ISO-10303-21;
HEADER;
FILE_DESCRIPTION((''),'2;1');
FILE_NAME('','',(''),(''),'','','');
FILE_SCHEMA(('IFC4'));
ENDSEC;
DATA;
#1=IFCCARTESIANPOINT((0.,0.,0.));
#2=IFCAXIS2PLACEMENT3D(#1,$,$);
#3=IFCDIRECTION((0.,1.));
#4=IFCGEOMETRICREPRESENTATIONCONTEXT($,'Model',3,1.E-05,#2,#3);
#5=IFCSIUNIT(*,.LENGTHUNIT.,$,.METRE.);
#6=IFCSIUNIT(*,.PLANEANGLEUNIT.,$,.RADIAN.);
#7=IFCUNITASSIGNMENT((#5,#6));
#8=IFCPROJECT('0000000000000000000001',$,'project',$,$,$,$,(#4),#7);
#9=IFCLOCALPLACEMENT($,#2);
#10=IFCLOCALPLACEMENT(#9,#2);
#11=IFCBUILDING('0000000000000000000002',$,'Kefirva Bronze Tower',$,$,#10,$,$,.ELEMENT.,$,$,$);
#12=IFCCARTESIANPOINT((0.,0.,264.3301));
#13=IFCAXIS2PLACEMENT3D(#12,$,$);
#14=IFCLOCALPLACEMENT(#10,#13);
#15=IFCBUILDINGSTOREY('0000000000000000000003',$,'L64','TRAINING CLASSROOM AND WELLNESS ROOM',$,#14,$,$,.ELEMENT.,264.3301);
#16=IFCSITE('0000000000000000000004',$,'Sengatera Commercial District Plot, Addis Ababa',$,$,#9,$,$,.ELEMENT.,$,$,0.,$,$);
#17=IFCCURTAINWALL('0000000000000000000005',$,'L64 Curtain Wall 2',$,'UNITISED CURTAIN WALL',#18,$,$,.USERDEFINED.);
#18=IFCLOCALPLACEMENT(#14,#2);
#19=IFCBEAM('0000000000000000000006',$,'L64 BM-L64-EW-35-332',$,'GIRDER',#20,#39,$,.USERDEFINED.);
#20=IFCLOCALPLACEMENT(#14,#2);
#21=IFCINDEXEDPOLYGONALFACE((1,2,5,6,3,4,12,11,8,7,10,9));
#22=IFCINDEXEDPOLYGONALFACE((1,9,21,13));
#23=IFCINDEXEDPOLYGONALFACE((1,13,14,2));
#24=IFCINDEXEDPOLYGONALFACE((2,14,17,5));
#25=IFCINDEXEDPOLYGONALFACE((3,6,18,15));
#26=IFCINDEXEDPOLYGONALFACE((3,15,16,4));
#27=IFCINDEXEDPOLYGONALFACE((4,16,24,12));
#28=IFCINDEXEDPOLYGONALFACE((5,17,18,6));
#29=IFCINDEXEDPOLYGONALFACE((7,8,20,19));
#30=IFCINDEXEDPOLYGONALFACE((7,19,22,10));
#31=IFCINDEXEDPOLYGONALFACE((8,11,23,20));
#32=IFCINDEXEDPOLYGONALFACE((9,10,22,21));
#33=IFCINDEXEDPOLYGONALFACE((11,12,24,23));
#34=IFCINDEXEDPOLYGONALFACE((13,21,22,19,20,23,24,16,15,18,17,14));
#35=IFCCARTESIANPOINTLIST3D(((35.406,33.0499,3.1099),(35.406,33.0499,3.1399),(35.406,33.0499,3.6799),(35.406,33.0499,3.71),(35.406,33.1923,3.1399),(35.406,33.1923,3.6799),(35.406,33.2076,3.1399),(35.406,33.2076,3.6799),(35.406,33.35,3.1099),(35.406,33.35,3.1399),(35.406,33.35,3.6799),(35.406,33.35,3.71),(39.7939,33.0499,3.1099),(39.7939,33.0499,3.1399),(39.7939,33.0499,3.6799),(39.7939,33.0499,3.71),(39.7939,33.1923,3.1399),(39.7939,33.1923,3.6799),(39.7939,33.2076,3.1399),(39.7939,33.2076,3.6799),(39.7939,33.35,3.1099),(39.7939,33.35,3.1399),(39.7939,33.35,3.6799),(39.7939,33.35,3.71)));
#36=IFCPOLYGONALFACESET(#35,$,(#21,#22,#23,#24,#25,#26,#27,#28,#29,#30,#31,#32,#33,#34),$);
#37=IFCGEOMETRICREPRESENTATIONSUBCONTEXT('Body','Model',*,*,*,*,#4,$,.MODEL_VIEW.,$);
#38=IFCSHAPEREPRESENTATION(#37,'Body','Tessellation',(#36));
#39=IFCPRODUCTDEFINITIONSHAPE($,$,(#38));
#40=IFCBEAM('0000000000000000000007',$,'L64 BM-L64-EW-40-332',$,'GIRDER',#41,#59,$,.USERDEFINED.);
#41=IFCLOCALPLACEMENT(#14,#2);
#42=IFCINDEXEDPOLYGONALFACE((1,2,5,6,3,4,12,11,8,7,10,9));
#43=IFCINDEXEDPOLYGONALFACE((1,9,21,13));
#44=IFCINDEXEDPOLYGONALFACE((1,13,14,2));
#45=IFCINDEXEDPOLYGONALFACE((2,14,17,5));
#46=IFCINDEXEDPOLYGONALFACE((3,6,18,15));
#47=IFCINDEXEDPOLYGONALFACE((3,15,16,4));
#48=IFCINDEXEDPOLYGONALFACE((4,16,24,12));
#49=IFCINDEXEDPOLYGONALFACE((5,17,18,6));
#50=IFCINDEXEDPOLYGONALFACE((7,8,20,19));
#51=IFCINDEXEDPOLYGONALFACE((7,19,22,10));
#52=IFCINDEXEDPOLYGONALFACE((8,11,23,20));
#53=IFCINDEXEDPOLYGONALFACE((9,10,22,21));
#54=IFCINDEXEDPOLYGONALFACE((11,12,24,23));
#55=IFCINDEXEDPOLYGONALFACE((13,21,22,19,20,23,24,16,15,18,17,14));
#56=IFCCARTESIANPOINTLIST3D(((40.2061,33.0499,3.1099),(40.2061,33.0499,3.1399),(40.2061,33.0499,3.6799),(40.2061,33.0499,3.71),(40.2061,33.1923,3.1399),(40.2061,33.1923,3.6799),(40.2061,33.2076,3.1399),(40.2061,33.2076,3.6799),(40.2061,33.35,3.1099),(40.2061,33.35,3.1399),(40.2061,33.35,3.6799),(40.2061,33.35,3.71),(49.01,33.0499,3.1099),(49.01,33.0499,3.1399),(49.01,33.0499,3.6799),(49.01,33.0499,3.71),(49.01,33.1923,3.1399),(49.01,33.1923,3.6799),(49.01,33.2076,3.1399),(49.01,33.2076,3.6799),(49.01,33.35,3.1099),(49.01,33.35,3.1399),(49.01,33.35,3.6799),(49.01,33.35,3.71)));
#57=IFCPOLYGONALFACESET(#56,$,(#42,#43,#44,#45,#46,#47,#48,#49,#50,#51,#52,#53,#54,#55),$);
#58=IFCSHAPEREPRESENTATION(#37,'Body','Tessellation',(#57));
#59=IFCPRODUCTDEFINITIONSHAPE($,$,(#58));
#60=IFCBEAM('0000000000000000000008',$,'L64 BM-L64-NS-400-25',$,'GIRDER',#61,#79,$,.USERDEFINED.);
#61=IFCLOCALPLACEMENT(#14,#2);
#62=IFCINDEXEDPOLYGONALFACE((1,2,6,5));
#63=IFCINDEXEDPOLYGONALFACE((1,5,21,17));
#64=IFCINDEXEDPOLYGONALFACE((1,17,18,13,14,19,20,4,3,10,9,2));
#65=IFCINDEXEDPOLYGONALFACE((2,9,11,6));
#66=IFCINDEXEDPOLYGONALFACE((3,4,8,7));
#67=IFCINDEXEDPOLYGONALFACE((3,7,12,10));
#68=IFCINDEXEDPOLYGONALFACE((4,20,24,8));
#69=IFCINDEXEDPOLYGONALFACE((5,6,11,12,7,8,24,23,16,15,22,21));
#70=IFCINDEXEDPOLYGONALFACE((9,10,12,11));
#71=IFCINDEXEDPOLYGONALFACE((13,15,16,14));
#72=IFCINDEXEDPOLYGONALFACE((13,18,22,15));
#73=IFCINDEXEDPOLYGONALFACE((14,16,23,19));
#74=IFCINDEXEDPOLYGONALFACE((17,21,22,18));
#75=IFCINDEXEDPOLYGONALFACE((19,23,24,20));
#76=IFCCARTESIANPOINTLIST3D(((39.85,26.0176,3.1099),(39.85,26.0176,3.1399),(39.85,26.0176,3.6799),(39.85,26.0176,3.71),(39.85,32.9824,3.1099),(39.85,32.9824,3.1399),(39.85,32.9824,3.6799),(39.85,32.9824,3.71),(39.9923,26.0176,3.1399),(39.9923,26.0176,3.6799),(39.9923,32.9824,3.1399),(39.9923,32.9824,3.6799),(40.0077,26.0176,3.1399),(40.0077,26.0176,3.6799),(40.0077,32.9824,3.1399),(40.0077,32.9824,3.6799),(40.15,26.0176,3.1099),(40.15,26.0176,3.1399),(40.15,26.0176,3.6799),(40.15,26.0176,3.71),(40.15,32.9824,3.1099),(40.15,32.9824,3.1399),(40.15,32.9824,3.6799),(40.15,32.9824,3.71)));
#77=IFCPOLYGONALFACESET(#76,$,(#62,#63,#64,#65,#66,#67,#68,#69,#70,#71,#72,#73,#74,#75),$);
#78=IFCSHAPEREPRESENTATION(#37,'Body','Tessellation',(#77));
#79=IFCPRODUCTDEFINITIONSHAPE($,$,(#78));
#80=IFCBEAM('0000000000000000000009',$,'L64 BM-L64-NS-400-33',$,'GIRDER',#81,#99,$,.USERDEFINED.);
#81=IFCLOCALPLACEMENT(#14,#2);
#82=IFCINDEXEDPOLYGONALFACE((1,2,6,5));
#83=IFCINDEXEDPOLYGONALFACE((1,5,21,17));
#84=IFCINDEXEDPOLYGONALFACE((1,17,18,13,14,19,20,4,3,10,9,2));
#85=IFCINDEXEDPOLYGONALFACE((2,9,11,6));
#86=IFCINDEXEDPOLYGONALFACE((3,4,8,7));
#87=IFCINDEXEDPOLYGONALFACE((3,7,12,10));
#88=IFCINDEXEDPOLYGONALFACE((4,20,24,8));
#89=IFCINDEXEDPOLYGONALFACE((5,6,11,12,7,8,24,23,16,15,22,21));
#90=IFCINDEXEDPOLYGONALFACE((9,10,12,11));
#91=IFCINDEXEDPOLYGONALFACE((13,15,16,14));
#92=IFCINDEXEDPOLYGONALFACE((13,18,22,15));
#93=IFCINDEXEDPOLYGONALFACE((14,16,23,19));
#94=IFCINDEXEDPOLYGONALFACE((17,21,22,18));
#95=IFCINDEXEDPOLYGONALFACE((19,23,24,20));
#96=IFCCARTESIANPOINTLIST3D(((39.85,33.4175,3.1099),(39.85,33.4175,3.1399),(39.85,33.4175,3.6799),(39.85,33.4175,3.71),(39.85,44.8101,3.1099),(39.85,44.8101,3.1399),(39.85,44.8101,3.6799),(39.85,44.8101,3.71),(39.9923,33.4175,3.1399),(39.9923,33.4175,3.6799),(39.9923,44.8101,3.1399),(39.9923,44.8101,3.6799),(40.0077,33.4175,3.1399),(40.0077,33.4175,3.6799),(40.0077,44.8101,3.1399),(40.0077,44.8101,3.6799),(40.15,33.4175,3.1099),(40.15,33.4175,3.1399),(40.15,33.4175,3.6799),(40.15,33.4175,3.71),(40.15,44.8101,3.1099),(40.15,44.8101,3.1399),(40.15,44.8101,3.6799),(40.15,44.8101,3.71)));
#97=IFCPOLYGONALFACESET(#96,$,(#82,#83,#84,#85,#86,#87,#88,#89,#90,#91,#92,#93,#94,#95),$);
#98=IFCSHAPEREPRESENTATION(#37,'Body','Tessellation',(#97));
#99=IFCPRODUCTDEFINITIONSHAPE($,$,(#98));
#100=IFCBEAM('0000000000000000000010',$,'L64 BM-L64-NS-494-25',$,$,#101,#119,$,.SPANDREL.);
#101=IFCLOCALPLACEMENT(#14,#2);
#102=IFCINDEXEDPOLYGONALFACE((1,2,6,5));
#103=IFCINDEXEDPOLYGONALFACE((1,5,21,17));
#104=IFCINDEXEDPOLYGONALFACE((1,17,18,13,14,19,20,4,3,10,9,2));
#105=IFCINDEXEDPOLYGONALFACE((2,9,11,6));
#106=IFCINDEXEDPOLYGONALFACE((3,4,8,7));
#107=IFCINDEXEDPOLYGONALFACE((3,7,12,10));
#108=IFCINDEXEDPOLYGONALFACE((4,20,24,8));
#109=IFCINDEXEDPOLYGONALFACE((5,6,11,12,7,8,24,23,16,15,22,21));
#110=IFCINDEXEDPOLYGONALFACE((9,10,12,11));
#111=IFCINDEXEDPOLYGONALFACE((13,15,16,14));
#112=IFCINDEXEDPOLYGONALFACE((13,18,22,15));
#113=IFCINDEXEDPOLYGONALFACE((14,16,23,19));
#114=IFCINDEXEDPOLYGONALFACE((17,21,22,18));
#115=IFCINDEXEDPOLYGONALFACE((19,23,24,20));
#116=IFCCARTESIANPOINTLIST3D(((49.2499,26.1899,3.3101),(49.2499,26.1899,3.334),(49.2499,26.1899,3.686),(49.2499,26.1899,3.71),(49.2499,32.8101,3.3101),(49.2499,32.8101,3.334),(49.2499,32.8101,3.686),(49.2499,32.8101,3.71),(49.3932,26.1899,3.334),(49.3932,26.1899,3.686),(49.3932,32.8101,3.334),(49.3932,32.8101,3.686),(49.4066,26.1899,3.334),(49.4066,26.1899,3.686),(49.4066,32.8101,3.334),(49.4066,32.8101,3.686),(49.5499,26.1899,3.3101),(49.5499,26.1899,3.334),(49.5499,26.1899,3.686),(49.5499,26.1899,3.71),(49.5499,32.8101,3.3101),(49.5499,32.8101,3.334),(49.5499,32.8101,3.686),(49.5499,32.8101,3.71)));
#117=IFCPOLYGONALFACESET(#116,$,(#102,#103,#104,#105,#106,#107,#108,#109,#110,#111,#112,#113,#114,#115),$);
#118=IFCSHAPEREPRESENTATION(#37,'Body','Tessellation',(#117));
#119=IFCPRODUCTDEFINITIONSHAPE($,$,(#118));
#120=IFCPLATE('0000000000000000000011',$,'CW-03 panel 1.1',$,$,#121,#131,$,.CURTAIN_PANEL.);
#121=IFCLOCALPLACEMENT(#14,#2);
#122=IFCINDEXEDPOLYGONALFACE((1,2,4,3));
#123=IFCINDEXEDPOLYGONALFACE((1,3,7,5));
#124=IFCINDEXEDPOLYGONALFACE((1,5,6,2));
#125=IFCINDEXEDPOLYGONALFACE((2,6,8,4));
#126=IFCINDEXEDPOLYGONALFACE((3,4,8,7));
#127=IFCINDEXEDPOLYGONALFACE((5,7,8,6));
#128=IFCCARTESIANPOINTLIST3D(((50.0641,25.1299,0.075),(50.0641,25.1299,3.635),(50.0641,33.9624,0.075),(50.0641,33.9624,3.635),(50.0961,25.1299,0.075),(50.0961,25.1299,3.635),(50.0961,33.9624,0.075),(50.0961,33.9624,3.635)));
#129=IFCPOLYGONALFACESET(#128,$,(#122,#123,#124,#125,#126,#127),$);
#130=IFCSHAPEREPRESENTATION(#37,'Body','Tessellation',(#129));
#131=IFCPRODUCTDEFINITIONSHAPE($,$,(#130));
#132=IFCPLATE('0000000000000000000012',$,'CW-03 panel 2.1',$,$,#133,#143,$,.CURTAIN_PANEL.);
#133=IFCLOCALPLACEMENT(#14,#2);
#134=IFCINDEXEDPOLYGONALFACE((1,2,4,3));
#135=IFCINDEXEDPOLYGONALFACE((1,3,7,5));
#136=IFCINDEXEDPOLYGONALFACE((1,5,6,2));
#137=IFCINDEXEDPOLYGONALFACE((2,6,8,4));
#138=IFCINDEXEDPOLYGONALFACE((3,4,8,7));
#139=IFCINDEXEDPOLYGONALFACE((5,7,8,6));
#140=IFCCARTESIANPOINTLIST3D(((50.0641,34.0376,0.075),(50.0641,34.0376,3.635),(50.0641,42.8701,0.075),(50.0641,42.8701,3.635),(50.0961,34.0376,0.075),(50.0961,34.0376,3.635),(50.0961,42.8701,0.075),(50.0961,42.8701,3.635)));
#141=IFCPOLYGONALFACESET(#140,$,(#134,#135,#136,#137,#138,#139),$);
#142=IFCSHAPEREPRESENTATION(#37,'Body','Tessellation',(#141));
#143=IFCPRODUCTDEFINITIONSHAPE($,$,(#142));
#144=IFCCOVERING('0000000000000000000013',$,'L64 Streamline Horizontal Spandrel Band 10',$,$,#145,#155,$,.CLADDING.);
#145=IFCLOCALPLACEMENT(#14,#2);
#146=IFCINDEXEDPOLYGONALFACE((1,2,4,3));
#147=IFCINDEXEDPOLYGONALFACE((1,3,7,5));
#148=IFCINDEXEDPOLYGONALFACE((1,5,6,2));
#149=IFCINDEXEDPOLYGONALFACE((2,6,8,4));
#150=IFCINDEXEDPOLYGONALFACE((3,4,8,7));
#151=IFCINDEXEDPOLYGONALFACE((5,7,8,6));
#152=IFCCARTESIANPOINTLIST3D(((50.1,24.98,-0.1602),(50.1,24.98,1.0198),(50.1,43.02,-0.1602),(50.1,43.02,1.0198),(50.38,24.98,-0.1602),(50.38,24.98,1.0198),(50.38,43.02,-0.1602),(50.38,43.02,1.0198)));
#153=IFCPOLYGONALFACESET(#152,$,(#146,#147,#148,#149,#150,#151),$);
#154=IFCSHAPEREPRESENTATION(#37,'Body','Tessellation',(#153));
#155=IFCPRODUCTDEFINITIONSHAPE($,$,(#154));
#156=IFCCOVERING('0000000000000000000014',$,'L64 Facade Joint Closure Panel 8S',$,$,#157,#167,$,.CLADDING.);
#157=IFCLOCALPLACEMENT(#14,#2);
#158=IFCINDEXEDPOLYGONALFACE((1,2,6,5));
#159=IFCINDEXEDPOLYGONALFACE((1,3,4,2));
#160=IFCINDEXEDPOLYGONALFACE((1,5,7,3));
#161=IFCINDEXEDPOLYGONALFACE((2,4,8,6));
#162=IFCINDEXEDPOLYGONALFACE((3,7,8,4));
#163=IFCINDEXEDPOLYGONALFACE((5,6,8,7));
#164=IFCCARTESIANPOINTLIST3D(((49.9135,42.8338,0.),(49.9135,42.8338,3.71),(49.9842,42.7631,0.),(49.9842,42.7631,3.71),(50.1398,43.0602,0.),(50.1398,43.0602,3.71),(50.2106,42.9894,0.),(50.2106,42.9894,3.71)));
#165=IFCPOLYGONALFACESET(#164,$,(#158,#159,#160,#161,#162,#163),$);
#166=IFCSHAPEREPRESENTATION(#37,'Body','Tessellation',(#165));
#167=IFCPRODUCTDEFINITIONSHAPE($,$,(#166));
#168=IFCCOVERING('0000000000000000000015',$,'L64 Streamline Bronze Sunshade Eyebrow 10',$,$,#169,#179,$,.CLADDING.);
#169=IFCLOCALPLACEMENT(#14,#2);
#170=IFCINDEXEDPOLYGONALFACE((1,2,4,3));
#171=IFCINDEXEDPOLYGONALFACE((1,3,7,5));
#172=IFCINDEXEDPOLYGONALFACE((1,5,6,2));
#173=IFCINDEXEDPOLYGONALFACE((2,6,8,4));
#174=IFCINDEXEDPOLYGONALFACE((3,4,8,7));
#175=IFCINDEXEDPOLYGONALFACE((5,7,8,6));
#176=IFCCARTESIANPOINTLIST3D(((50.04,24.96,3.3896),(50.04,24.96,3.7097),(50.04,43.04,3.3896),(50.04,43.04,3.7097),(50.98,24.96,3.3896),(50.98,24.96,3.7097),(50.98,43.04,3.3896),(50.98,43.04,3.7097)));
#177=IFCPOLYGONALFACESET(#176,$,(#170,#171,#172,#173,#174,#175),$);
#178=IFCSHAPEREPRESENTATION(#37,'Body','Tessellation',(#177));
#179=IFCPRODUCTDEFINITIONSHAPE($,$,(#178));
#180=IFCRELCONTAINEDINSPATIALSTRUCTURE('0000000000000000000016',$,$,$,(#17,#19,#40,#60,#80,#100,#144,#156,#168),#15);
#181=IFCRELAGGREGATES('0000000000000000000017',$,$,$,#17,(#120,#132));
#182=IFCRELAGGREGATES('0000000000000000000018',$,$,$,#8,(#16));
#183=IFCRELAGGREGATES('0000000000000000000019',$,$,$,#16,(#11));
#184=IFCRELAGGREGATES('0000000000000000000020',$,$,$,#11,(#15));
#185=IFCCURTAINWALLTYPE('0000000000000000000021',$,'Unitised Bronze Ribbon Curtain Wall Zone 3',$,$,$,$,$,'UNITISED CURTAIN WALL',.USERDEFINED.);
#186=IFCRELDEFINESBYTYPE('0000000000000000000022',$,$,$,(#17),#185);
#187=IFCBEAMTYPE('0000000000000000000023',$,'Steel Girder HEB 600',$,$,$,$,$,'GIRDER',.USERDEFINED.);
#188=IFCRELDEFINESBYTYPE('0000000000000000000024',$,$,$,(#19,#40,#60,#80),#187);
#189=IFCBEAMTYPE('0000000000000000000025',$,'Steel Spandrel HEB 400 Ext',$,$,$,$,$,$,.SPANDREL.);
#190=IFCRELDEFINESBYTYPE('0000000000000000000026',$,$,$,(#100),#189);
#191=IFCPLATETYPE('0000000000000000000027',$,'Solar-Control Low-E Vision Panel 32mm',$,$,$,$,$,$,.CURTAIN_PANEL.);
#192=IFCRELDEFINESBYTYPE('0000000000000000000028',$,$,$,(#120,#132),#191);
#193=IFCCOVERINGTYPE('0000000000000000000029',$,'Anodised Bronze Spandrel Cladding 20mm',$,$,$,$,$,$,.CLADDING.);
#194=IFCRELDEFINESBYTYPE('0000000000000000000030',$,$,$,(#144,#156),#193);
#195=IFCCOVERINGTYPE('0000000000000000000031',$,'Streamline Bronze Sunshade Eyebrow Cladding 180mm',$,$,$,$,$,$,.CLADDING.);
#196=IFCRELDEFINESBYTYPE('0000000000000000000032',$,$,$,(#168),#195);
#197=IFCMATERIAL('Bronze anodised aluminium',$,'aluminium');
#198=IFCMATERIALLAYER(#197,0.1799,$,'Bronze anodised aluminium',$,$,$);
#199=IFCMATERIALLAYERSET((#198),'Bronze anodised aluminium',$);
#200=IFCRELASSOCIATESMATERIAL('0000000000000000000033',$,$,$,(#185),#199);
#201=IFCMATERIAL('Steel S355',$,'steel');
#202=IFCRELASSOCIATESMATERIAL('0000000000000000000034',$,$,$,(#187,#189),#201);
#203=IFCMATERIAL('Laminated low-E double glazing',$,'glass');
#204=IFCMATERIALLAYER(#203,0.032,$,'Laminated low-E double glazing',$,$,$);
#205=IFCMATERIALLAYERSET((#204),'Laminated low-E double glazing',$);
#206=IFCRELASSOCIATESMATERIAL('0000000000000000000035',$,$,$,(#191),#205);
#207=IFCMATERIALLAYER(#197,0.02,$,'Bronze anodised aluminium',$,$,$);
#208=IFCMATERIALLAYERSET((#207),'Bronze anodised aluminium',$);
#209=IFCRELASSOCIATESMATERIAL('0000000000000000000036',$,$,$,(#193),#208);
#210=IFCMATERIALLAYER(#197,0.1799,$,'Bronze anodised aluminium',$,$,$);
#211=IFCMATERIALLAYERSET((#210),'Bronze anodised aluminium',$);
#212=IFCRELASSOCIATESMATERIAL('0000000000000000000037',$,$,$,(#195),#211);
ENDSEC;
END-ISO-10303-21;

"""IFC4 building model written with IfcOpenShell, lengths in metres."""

from ifc_helpers import new_model, si_unit, direction, frame, origin, origin_2d, place, context, subcontext, project, spatial, rectangle, i_section, extrude, material, layer, layer_set, material_profile, profile_set, type_object, element, aggregate, save


model = new_model("IFC4")

# Units and contexts
model_context = context("Model", 3, precision=1e-05, world=origin(), true_north=direction((0.0, 1.0)))
body_context = subcontext(model_context, "Body", "Model", "MODEL_VIEW")
ifc_project = project(units=[si_unit("LENGTHUNIT", "METRE"), si_unit("PLANEANGLEUNIT", "RADIAN")], contexts=[model_context])

# Site, building, storey
site_placement = place(None, origin())
site = spatial("IfcSite", under=ifc_project, at=site_placement, Name="Sengatera Commercial District Plot, Addis Ababa", CompositionType="ELEMENT", RefElevation=0.0)
building_placement = place(site_placement, origin())
building = spatial("IfcBuilding", under=site, at=building_placement, Name="Kefirva Bronze Tower", CompositionType="ELEMENT")
storey_placement = place(building_placement, frame((0.0, 0.0, 264.3301)))
storey = spatial("IfcBuildingStorey", under=building, at=storey_placement, Name="L64", Description="TRAINING CLASSROOM AND WELLNESS ROOM", CompositionType="ELEMENT", Elevation=264.3301)

# Curtain wall
ifc_material_1 = material(Name="Bronze anodised aluminium", Category="aluminium")
ifc_layer_1 = layer(ifc_material_1, 0.1799, Name="Bronze anodised aluminium")
ifc_layer_set_1 = layer_set([ifc_layer_1], Name="Bronze anodised aluminium")
curtain_wall_type = type_object("IfcCurtainWallType", Name="Unitised Bronze Ribbon Curtain Wall Zone 3", ElementType="UNITISED CURTAIN WALL", PredefinedType="USERDEFINED", material=ifc_layer_set_1)
curtain_wall_placement = place(storey_placement, origin())
curtain_wall = element("IfcCurtainWall", 1, at=curtain_wall_placement, inside=storey, type_object=curtain_wall_type, Name="L64 Curtain Wall 2", ObjectType="UNITISED CURTAIN WALL", PredefinedType="USERDEFINED")

# Beams
ifc_material_2 = material(Name="Steel S355", Category="steel")
ifc_material_profile_1 = material_profile(ifc_material_2, i_section(OverallWidth=0.3, OverallDepth=0.6001, WebThickness=0.0154, FlangeThickness=0.03, at=origin_2d()), Name="HEB 600")
ifc_profile_set_1 = profile_set([ifc_material_profile_1], Name="Steel S355")
beam_type_1 = type_object("IfcBeamType", Name="Steel Girder HEB 600", ElementType="GIRDER", PredefinedType="USERDEFINED", material=ifc_profile_set_1)
beam_1_placement = place(storey_placement, frame((35.406, 33.2, 3.4099), z_axis=(1.0, 0.0, 0.0), x_axis=(0.0, 1.0, 0.0)))
element("IfcBeam", 2, at=beam_1_placement, inside=storey, type_object=beam_type_1, Name="L64 BM-L64-EW-35-332", ObjectType="GIRDER", PredefinedType="USERDEFINED", context=body_context, shape_type="SweptSolid", body=[
    extrude(i_section(OverallWidth=0.3, OverallDepth=0.6001, WebThickness=0.0154, FlangeThickness=0.03, at=origin_2d()), origin(), (0.0, 0.0, 1.0), 4.3879),
])
beam_2_placement = place(storey_placement, frame((40.2061, 33.2, 3.4099), z_axis=(1.0, 0.0, 0.0), x_axis=(0.0, 1.0, 0.0)))
element("IfcBeam", 3, at=beam_2_placement, inside=storey, type_object=beam_type_1, Name="L64 BM-L64-EW-40-332", ObjectType="GIRDER", PredefinedType="USERDEFINED", context=body_context, shape_type="SweptSolid", body=[
    extrude(i_section(OverallWidth=0.3, OverallDepth=0.6001, WebThickness=0.0154, FlangeThickness=0.03, at=origin_2d()), origin(), (0.0, 0.0, 1.0), 8.804),
])
beam_3_placement = place(storey_placement, frame((40.0, 26.0176, 3.4099), z_axis=(0.0, 1.0, 0.0), x_axis=(-1.0, 0.0, 0.0)))
element("IfcBeam", 4, at=beam_3_placement, inside=storey, type_object=beam_type_1, Name="L64 BM-L64-NS-400-25", ObjectType="GIRDER", PredefinedType="USERDEFINED", context=body_context, shape_type="SweptSolid", body=[
    extrude(i_section(OverallWidth=0.3, OverallDepth=0.6001, WebThickness=0.0154, FlangeThickness=0.03, at=origin_2d()), origin(), (0.0, 0.0, 1.0), 6.9648),
])
beam_4_placement = place(storey_placement, frame((40.0, 33.4175, 3.4099), z_axis=(0.0, 1.0, 0.0), x_axis=(-1.0, 0.0, 0.0)))
element("IfcBeam", 5, at=beam_4_placement, inside=storey, type_object=beam_type_1, Name="L64 BM-L64-NS-400-33", ObjectType="GIRDER", PredefinedType="USERDEFINED", context=body_context, shape_type="SweptSolid", body=[
    extrude(i_section(OverallWidth=0.3, OverallDepth=0.6001, WebThickness=0.0154, FlangeThickness=0.03, at=origin_2d()), origin(), (0.0, 0.0, 1.0), 11.3926),
])
ifc_material_profile_2 = material_profile(ifc_material_2, i_section(OverallWidth=0.3, OverallDepth=0.3999, WebThickness=0.0134, FlangeThickness=0.0239, at=origin_2d()), Name="HEB 400")
ifc_profile_set_2 = profile_set([ifc_material_profile_2], Name="Steel S355")
beam_type_2 = type_object("IfcBeamType", Name="Steel Spandrel HEB 400 Ext", PredefinedType="SPANDREL", material=ifc_profile_set_2)
beam_5_placement = place(storey_placement, frame((49.3999, 26.1899, 3.51), z_axis=(0.0, 1.0, 0.0), x_axis=(-1.0, 0.0, 0.0)))
element("IfcBeam", 6, at=beam_5_placement, inside=storey, type_object=beam_type_2, Name="L64 BM-L64-NS-494-25", PredefinedType="SPANDREL", context=body_context, shape_type="SweptSolid", body=[
    extrude(i_section(OverallWidth=0.3, OverallDepth=0.3999, WebThickness=0.0134, FlangeThickness=0.0239, at=origin_2d()), origin(), (0.0, 0.0, 1.0), 6.6201),
])

# Plates
ifc_material_3 = material(Name="Laminated low-E double glazing", Category="glass")
ifc_layer_2 = layer(ifc_material_3, 0.032, Name="Laminated low-E double glazing")
ifc_layer_set_2 = layer_set([ifc_layer_2], Name="Laminated low-E double glazing")
plate_type = type_object("IfcPlateType", Name="Solar-Control Low-E Vision Panel 32mm", PredefinedType="CURTAIN_PANEL", material=ifc_layer_set_2)
plate_1_placement = place(storey_placement, frame((50.0801, 29.5461, 0.075), z_axis=(0.0, 0.0, 1.0), x_axis=(0.0, 1.0, 0.0)))
plate_1 = element("IfcPlate", 7, at=plate_1_placement, type_object=plate_type, Name="CW-03 panel 1.1", PredefinedType="CURTAIN_PANEL", context=body_context, shape_type="SweptSolid", body=[
    extrude(rectangle(XDim=8.8325, YDim=0.032, at=origin_2d()), origin(), (0.0, 0.0, 1.0), 3.5601),
])
plate_2_placement = place(storey_placement, frame((50.0801, 38.4539, 0.075), z_axis=(0.0, 0.0, 1.0), x_axis=(0.0, 1.0, 0.0)))
plate_2 = element("IfcPlate", 8, at=plate_2_placement, type_object=plate_type, Name="CW-03 panel 2.1", PredefinedType="CURTAIN_PANEL", context=body_context, shape_type="SweptSolid", body=[
    extrude(rectangle(XDim=8.8325, YDim=0.032, at=origin_2d()), origin(), (0.0, 0.0, 1.0), 3.5601),
])
aggregate(curtain_wall, [plate_1, plate_2])

# Coverings
ifc_layer_3 = layer(ifc_material_1, 0.02, Name="Bronze anodised aluminium")
ifc_layer_set_3 = layer_set([ifc_layer_3], Name="Bronze anodised aluminium")
covering_type_1 = type_object("IfcCoveringType", Name="Anodised Bronze Spandrel Cladding 20mm", PredefinedType="CLADDING", material=ifc_layer_set_3)
covering_1_placement = place(storey_placement, frame((50.24, 34.0, -0.1602), z_axis=(0.0, 0.0, 1.0), x_axis=(0.0, 1.0, 0.0)))
element("IfcCovering", 9, at=covering_1_placement, inside=storey, type_object=covering_type_1, Name="L64 Streamline Horizontal Spandrel Band 10", PredefinedType="CLADDING", context=body_context, shape_type="SweptSolid", body=[
    extrude(rectangle(XDim=18.04, YDim=0.28, at=origin_2d()), origin(), (0.0, 0.0, 1.0), 1.1799),
])
covering_2_placement = place(storey_placement, frame((50.062, 42.9116, 0.0), z_axis=(0.0, 0.0, 1.0), x_axis=(-0.707107, 0.707107, 0.0)))
element("IfcCovering", 10, at=covering_2_placement, inside=storey, type_object=covering_type_1, Name="L64 Facade Joint Closure Panel 8S", PredefinedType="CLADDING", context=body_context, shape_type="SweptSolid", body=[
    extrude(rectangle(XDim=0.1001, YDim=0.3201, at=origin_2d()), origin(), (0.0, 0.0, 1.0), 3.71),
])
ifc_layer_4 = layer(ifc_material_1, 0.1799, Name="Bronze anodised aluminium")
ifc_layer_set_4 = layer_set([ifc_layer_4], Name="Bronze anodised aluminium")
covering_type_2 = type_object("IfcCoveringType", Name="Streamline Bronze Sunshade Eyebrow Cladding 180mm", PredefinedType="CLADDING", material=ifc_layer_set_4)
covering_3_placement = place(storey_placement, frame((50.51, 34.0, 3.3896), z_axis=(0.0, 0.0, 1.0), x_axis=(0.0, 1.0, 0.0)))
element("IfcCovering", 11, at=covering_3_placement, inside=storey, type_object=covering_type_2, Name="L64 Streamline Bronze Sunshade Eyebrow 10", PredefinedType="CLADDING", context=body_context, shape_type="SweptSolid", body=[
    extrude(rectangle(XDim=18.0801, YDim=0.9399, at=origin_2d()), origin(), (0.0, 0.0, 1.0), 0.3201),
])

save(model, "model.ifc")
